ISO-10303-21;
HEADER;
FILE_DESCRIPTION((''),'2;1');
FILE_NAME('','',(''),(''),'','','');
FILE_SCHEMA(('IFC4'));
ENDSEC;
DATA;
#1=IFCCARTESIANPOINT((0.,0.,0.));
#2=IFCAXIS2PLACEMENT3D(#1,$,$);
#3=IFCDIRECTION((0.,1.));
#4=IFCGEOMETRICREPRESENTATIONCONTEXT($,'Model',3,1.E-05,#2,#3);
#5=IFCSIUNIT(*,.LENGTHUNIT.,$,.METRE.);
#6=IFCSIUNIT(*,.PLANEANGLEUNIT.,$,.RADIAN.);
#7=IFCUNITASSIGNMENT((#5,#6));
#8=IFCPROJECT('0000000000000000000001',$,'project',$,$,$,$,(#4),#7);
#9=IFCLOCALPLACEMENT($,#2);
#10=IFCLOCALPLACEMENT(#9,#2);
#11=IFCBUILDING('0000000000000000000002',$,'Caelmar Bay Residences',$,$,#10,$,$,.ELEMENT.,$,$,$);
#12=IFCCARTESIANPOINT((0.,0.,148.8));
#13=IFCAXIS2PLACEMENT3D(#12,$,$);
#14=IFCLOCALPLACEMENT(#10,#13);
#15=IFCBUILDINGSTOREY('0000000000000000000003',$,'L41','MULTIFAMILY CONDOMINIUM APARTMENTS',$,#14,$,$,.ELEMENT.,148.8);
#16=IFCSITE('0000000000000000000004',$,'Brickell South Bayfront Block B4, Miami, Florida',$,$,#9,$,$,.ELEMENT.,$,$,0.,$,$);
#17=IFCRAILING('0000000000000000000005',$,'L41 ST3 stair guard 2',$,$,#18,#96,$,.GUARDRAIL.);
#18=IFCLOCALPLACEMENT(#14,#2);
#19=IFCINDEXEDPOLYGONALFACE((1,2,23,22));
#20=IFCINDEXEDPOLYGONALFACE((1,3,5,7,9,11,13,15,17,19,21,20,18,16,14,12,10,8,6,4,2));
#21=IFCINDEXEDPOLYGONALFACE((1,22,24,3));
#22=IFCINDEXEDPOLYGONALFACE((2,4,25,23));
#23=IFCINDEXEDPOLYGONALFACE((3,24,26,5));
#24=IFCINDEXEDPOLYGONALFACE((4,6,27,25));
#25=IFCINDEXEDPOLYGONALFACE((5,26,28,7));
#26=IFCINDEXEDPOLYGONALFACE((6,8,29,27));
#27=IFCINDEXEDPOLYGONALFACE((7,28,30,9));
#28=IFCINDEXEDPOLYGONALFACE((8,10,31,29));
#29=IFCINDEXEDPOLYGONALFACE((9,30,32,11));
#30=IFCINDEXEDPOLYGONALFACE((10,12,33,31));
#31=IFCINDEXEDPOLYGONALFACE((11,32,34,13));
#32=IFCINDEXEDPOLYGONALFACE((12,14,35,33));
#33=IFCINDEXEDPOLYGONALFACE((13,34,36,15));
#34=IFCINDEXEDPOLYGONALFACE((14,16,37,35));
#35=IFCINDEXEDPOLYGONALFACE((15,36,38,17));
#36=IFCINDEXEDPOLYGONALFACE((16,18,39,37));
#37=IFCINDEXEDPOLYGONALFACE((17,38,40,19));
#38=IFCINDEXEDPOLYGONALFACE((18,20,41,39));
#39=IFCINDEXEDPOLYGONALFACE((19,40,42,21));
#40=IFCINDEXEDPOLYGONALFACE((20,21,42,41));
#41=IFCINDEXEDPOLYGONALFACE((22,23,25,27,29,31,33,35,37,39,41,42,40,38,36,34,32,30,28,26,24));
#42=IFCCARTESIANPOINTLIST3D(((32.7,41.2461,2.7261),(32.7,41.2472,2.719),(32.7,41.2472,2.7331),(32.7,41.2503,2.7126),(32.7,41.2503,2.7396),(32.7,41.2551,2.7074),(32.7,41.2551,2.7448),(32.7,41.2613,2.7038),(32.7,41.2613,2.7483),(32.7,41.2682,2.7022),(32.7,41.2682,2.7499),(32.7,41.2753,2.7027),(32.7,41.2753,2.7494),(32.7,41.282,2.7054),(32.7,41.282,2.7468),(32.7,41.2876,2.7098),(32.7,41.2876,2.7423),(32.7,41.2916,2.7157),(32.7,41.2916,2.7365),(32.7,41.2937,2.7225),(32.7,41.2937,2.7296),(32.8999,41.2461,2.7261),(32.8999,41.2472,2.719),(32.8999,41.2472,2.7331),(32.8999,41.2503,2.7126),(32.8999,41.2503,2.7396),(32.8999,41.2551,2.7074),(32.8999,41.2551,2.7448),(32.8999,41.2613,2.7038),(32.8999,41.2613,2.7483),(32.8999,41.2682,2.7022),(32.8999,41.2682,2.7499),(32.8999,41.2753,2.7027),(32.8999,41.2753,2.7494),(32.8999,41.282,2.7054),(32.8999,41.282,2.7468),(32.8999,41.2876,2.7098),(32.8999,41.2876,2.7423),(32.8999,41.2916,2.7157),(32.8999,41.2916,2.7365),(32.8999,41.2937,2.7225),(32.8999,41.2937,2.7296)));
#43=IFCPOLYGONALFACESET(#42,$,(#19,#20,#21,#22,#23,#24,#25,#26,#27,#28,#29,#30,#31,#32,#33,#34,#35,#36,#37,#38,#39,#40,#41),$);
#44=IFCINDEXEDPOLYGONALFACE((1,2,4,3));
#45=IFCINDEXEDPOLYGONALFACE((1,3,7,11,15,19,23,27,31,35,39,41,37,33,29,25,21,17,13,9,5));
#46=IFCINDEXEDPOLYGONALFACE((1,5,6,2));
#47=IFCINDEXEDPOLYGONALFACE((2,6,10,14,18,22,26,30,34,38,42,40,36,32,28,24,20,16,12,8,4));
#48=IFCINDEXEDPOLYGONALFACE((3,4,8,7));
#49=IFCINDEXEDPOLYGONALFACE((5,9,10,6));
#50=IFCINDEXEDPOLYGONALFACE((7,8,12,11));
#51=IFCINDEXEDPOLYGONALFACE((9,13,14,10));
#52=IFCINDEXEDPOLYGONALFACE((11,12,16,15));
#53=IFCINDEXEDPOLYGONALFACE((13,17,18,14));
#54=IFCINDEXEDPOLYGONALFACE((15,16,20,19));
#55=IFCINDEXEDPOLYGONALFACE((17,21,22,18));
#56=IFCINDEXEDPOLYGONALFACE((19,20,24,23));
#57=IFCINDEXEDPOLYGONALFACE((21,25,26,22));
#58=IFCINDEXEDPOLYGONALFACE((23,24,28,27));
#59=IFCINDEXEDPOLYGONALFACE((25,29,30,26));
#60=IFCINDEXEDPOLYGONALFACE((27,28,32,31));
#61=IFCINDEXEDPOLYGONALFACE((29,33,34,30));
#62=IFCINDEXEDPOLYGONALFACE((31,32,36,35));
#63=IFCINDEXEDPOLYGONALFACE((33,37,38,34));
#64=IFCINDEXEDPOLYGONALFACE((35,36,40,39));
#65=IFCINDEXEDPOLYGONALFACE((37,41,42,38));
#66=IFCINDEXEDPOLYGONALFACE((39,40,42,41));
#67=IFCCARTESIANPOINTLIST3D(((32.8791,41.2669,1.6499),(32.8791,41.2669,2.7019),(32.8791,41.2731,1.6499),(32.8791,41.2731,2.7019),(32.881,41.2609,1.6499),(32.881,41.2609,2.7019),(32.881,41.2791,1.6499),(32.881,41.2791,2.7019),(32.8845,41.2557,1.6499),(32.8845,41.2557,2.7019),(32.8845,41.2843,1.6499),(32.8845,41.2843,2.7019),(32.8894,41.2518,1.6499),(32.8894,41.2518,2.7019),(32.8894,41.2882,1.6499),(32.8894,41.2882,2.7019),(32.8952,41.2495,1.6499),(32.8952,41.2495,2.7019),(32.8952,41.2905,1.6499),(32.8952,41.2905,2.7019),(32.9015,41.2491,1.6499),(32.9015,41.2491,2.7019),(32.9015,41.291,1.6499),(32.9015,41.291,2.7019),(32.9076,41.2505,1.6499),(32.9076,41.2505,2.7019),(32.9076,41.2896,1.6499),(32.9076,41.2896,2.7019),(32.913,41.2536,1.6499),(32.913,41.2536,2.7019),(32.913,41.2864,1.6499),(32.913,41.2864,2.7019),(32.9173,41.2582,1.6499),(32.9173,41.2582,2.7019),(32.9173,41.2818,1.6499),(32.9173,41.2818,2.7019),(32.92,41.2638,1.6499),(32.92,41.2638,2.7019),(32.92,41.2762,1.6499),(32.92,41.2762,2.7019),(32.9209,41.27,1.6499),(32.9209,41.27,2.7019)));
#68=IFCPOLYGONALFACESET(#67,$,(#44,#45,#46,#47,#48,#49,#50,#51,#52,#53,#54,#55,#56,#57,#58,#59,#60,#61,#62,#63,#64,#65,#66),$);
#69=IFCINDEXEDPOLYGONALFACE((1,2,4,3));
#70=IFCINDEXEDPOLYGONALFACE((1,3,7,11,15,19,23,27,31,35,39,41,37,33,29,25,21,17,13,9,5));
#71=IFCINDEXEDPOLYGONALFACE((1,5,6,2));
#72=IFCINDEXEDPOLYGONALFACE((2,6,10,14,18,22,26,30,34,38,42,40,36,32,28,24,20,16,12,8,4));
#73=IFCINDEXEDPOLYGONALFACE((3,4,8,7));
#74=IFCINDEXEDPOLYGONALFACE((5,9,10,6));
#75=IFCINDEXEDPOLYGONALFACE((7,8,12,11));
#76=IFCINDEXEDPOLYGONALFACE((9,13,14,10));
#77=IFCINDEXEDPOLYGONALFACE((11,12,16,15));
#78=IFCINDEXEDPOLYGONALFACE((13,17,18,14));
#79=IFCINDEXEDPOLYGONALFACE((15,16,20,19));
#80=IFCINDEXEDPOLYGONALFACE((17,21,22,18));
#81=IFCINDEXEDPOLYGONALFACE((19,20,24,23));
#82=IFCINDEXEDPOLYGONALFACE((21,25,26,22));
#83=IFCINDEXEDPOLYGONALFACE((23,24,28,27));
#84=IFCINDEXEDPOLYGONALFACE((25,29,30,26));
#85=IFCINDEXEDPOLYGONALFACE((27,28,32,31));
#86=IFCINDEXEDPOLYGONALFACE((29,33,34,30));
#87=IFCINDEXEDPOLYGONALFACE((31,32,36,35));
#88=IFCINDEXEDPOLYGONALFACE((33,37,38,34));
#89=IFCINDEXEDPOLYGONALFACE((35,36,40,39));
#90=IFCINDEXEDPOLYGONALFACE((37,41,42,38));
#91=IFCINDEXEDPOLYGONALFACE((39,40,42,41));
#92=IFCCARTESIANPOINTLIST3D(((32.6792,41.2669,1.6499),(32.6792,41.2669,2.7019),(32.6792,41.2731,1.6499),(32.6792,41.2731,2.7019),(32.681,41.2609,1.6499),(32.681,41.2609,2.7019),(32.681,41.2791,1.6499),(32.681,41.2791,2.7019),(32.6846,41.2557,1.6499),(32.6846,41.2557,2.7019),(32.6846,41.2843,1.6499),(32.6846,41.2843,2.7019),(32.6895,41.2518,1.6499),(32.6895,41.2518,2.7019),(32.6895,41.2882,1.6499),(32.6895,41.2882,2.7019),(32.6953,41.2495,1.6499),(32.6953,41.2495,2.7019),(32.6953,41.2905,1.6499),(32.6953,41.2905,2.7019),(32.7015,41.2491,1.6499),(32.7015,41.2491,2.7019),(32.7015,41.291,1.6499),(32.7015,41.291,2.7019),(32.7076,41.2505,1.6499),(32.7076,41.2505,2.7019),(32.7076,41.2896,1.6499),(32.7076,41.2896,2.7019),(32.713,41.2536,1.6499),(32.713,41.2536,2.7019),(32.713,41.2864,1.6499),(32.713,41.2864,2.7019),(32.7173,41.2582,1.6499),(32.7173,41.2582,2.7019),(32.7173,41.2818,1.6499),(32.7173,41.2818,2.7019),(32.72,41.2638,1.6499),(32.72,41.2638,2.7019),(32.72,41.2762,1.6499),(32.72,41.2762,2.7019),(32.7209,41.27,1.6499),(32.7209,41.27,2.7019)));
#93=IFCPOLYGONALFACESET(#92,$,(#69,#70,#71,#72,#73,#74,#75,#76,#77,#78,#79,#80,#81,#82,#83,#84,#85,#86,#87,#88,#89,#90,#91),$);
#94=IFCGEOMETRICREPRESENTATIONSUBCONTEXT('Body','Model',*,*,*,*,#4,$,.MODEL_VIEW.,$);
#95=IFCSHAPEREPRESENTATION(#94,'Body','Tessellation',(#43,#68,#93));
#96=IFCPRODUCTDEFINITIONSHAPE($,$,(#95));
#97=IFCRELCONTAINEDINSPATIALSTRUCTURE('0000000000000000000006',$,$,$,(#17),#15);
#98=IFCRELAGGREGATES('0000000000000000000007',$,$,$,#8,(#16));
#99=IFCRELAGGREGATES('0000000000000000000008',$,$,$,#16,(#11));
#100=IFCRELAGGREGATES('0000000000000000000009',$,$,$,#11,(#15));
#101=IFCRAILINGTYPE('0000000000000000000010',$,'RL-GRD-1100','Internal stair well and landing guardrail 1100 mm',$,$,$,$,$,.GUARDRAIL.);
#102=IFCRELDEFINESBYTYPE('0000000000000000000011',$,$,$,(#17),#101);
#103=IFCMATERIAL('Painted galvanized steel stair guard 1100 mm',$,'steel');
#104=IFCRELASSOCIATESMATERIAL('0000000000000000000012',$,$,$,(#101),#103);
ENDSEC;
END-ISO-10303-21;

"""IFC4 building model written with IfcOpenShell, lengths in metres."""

from ifc_helpers import new_model, si_unit, direction, frame, origin, origin_2d, place, context, subcontext, project, spatial, circle, extrude, material, type_object, element, save


model = new_model("IFC4")

# Units and contexts
model_context = context("Model", 3, precision=1e-05, world=origin(), true_north=direction((0.0, 1.0)))
body_context = subcontext(model_context, "Body", "Model", "MODEL_VIEW")
ifc_project = project(units=[si_unit("LENGTHUNIT", "METRE"), si_unit("PLANEANGLEUNIT", "RADIAN")], contexts=[model_context])

# Site, building, storey
site_placement = place(None, origin())
site = spatial("IfcSite", under=ifc_project, at=site_placement, Name="Brickell South Bayfront Block B4, Miami, Florida", CompositionType="ELEMENT", RefElevation=0.0)
building_placement = place(site_placement, origin())
building = spatial("IfcBuilding", under=site, at=building_placement, Name="Caelmar Bay Residences", CompositionType="ELEMENT")
storey_placement = place(building_placement, frame((0.0, 0.0, 148.8)))
storey = spatial("IfcBuildingStorey", under=building, at=storey_placement, Name="L41", Description="MULTIFAMILY CONDOMINIUM APARTMENTS", CompositionType="ELEMENT", Elevation=148.8)

# Railing
ifc_material_1 = material(Name="Painted galvanized steel stair guard 1100 mm", Category="steel")
railing_type_1 = type_object("IfcRailingType", Name="RL-GRD-1100", Description="Internal stair well and landing guardrail 1100 mm", PredefinedType="GUARDRAIL", material=ifc_material_1)
railing_1_placement = place(storey_placement, frame((32.8999, 41.27, 1.6499)))
element("IfcRailing", 1, at=railing_1_placement, inside=storey, type_object=railing_type_1, Name="L41 ST3 stair guard 2", PredefinedType="GUARDRAIL", context=body_context, shape_type="SweptSolid", body=[
    extrude(circle(Radius=0.0239, at=origin_2d()), frame((0.0, 0.0, 1.0762), z_axis=(-1.0, 0.0, 0.0), x_axis=(0.0, -1.0, 0.0)), (0.0, 0.0, 1.0), 0.2),
    extrude(circle(Radius=0.021, at=origin_2d()), origin(), (0.0, 0.0, 1.0), 1.052),
    extrude(circle(Radius=0.021, at=origin_2d()), frame((-0.2, 0.0, 0.0)), (0.0, 0.0, 1.0), 1.052),
])

save(model, "model.ifc")
